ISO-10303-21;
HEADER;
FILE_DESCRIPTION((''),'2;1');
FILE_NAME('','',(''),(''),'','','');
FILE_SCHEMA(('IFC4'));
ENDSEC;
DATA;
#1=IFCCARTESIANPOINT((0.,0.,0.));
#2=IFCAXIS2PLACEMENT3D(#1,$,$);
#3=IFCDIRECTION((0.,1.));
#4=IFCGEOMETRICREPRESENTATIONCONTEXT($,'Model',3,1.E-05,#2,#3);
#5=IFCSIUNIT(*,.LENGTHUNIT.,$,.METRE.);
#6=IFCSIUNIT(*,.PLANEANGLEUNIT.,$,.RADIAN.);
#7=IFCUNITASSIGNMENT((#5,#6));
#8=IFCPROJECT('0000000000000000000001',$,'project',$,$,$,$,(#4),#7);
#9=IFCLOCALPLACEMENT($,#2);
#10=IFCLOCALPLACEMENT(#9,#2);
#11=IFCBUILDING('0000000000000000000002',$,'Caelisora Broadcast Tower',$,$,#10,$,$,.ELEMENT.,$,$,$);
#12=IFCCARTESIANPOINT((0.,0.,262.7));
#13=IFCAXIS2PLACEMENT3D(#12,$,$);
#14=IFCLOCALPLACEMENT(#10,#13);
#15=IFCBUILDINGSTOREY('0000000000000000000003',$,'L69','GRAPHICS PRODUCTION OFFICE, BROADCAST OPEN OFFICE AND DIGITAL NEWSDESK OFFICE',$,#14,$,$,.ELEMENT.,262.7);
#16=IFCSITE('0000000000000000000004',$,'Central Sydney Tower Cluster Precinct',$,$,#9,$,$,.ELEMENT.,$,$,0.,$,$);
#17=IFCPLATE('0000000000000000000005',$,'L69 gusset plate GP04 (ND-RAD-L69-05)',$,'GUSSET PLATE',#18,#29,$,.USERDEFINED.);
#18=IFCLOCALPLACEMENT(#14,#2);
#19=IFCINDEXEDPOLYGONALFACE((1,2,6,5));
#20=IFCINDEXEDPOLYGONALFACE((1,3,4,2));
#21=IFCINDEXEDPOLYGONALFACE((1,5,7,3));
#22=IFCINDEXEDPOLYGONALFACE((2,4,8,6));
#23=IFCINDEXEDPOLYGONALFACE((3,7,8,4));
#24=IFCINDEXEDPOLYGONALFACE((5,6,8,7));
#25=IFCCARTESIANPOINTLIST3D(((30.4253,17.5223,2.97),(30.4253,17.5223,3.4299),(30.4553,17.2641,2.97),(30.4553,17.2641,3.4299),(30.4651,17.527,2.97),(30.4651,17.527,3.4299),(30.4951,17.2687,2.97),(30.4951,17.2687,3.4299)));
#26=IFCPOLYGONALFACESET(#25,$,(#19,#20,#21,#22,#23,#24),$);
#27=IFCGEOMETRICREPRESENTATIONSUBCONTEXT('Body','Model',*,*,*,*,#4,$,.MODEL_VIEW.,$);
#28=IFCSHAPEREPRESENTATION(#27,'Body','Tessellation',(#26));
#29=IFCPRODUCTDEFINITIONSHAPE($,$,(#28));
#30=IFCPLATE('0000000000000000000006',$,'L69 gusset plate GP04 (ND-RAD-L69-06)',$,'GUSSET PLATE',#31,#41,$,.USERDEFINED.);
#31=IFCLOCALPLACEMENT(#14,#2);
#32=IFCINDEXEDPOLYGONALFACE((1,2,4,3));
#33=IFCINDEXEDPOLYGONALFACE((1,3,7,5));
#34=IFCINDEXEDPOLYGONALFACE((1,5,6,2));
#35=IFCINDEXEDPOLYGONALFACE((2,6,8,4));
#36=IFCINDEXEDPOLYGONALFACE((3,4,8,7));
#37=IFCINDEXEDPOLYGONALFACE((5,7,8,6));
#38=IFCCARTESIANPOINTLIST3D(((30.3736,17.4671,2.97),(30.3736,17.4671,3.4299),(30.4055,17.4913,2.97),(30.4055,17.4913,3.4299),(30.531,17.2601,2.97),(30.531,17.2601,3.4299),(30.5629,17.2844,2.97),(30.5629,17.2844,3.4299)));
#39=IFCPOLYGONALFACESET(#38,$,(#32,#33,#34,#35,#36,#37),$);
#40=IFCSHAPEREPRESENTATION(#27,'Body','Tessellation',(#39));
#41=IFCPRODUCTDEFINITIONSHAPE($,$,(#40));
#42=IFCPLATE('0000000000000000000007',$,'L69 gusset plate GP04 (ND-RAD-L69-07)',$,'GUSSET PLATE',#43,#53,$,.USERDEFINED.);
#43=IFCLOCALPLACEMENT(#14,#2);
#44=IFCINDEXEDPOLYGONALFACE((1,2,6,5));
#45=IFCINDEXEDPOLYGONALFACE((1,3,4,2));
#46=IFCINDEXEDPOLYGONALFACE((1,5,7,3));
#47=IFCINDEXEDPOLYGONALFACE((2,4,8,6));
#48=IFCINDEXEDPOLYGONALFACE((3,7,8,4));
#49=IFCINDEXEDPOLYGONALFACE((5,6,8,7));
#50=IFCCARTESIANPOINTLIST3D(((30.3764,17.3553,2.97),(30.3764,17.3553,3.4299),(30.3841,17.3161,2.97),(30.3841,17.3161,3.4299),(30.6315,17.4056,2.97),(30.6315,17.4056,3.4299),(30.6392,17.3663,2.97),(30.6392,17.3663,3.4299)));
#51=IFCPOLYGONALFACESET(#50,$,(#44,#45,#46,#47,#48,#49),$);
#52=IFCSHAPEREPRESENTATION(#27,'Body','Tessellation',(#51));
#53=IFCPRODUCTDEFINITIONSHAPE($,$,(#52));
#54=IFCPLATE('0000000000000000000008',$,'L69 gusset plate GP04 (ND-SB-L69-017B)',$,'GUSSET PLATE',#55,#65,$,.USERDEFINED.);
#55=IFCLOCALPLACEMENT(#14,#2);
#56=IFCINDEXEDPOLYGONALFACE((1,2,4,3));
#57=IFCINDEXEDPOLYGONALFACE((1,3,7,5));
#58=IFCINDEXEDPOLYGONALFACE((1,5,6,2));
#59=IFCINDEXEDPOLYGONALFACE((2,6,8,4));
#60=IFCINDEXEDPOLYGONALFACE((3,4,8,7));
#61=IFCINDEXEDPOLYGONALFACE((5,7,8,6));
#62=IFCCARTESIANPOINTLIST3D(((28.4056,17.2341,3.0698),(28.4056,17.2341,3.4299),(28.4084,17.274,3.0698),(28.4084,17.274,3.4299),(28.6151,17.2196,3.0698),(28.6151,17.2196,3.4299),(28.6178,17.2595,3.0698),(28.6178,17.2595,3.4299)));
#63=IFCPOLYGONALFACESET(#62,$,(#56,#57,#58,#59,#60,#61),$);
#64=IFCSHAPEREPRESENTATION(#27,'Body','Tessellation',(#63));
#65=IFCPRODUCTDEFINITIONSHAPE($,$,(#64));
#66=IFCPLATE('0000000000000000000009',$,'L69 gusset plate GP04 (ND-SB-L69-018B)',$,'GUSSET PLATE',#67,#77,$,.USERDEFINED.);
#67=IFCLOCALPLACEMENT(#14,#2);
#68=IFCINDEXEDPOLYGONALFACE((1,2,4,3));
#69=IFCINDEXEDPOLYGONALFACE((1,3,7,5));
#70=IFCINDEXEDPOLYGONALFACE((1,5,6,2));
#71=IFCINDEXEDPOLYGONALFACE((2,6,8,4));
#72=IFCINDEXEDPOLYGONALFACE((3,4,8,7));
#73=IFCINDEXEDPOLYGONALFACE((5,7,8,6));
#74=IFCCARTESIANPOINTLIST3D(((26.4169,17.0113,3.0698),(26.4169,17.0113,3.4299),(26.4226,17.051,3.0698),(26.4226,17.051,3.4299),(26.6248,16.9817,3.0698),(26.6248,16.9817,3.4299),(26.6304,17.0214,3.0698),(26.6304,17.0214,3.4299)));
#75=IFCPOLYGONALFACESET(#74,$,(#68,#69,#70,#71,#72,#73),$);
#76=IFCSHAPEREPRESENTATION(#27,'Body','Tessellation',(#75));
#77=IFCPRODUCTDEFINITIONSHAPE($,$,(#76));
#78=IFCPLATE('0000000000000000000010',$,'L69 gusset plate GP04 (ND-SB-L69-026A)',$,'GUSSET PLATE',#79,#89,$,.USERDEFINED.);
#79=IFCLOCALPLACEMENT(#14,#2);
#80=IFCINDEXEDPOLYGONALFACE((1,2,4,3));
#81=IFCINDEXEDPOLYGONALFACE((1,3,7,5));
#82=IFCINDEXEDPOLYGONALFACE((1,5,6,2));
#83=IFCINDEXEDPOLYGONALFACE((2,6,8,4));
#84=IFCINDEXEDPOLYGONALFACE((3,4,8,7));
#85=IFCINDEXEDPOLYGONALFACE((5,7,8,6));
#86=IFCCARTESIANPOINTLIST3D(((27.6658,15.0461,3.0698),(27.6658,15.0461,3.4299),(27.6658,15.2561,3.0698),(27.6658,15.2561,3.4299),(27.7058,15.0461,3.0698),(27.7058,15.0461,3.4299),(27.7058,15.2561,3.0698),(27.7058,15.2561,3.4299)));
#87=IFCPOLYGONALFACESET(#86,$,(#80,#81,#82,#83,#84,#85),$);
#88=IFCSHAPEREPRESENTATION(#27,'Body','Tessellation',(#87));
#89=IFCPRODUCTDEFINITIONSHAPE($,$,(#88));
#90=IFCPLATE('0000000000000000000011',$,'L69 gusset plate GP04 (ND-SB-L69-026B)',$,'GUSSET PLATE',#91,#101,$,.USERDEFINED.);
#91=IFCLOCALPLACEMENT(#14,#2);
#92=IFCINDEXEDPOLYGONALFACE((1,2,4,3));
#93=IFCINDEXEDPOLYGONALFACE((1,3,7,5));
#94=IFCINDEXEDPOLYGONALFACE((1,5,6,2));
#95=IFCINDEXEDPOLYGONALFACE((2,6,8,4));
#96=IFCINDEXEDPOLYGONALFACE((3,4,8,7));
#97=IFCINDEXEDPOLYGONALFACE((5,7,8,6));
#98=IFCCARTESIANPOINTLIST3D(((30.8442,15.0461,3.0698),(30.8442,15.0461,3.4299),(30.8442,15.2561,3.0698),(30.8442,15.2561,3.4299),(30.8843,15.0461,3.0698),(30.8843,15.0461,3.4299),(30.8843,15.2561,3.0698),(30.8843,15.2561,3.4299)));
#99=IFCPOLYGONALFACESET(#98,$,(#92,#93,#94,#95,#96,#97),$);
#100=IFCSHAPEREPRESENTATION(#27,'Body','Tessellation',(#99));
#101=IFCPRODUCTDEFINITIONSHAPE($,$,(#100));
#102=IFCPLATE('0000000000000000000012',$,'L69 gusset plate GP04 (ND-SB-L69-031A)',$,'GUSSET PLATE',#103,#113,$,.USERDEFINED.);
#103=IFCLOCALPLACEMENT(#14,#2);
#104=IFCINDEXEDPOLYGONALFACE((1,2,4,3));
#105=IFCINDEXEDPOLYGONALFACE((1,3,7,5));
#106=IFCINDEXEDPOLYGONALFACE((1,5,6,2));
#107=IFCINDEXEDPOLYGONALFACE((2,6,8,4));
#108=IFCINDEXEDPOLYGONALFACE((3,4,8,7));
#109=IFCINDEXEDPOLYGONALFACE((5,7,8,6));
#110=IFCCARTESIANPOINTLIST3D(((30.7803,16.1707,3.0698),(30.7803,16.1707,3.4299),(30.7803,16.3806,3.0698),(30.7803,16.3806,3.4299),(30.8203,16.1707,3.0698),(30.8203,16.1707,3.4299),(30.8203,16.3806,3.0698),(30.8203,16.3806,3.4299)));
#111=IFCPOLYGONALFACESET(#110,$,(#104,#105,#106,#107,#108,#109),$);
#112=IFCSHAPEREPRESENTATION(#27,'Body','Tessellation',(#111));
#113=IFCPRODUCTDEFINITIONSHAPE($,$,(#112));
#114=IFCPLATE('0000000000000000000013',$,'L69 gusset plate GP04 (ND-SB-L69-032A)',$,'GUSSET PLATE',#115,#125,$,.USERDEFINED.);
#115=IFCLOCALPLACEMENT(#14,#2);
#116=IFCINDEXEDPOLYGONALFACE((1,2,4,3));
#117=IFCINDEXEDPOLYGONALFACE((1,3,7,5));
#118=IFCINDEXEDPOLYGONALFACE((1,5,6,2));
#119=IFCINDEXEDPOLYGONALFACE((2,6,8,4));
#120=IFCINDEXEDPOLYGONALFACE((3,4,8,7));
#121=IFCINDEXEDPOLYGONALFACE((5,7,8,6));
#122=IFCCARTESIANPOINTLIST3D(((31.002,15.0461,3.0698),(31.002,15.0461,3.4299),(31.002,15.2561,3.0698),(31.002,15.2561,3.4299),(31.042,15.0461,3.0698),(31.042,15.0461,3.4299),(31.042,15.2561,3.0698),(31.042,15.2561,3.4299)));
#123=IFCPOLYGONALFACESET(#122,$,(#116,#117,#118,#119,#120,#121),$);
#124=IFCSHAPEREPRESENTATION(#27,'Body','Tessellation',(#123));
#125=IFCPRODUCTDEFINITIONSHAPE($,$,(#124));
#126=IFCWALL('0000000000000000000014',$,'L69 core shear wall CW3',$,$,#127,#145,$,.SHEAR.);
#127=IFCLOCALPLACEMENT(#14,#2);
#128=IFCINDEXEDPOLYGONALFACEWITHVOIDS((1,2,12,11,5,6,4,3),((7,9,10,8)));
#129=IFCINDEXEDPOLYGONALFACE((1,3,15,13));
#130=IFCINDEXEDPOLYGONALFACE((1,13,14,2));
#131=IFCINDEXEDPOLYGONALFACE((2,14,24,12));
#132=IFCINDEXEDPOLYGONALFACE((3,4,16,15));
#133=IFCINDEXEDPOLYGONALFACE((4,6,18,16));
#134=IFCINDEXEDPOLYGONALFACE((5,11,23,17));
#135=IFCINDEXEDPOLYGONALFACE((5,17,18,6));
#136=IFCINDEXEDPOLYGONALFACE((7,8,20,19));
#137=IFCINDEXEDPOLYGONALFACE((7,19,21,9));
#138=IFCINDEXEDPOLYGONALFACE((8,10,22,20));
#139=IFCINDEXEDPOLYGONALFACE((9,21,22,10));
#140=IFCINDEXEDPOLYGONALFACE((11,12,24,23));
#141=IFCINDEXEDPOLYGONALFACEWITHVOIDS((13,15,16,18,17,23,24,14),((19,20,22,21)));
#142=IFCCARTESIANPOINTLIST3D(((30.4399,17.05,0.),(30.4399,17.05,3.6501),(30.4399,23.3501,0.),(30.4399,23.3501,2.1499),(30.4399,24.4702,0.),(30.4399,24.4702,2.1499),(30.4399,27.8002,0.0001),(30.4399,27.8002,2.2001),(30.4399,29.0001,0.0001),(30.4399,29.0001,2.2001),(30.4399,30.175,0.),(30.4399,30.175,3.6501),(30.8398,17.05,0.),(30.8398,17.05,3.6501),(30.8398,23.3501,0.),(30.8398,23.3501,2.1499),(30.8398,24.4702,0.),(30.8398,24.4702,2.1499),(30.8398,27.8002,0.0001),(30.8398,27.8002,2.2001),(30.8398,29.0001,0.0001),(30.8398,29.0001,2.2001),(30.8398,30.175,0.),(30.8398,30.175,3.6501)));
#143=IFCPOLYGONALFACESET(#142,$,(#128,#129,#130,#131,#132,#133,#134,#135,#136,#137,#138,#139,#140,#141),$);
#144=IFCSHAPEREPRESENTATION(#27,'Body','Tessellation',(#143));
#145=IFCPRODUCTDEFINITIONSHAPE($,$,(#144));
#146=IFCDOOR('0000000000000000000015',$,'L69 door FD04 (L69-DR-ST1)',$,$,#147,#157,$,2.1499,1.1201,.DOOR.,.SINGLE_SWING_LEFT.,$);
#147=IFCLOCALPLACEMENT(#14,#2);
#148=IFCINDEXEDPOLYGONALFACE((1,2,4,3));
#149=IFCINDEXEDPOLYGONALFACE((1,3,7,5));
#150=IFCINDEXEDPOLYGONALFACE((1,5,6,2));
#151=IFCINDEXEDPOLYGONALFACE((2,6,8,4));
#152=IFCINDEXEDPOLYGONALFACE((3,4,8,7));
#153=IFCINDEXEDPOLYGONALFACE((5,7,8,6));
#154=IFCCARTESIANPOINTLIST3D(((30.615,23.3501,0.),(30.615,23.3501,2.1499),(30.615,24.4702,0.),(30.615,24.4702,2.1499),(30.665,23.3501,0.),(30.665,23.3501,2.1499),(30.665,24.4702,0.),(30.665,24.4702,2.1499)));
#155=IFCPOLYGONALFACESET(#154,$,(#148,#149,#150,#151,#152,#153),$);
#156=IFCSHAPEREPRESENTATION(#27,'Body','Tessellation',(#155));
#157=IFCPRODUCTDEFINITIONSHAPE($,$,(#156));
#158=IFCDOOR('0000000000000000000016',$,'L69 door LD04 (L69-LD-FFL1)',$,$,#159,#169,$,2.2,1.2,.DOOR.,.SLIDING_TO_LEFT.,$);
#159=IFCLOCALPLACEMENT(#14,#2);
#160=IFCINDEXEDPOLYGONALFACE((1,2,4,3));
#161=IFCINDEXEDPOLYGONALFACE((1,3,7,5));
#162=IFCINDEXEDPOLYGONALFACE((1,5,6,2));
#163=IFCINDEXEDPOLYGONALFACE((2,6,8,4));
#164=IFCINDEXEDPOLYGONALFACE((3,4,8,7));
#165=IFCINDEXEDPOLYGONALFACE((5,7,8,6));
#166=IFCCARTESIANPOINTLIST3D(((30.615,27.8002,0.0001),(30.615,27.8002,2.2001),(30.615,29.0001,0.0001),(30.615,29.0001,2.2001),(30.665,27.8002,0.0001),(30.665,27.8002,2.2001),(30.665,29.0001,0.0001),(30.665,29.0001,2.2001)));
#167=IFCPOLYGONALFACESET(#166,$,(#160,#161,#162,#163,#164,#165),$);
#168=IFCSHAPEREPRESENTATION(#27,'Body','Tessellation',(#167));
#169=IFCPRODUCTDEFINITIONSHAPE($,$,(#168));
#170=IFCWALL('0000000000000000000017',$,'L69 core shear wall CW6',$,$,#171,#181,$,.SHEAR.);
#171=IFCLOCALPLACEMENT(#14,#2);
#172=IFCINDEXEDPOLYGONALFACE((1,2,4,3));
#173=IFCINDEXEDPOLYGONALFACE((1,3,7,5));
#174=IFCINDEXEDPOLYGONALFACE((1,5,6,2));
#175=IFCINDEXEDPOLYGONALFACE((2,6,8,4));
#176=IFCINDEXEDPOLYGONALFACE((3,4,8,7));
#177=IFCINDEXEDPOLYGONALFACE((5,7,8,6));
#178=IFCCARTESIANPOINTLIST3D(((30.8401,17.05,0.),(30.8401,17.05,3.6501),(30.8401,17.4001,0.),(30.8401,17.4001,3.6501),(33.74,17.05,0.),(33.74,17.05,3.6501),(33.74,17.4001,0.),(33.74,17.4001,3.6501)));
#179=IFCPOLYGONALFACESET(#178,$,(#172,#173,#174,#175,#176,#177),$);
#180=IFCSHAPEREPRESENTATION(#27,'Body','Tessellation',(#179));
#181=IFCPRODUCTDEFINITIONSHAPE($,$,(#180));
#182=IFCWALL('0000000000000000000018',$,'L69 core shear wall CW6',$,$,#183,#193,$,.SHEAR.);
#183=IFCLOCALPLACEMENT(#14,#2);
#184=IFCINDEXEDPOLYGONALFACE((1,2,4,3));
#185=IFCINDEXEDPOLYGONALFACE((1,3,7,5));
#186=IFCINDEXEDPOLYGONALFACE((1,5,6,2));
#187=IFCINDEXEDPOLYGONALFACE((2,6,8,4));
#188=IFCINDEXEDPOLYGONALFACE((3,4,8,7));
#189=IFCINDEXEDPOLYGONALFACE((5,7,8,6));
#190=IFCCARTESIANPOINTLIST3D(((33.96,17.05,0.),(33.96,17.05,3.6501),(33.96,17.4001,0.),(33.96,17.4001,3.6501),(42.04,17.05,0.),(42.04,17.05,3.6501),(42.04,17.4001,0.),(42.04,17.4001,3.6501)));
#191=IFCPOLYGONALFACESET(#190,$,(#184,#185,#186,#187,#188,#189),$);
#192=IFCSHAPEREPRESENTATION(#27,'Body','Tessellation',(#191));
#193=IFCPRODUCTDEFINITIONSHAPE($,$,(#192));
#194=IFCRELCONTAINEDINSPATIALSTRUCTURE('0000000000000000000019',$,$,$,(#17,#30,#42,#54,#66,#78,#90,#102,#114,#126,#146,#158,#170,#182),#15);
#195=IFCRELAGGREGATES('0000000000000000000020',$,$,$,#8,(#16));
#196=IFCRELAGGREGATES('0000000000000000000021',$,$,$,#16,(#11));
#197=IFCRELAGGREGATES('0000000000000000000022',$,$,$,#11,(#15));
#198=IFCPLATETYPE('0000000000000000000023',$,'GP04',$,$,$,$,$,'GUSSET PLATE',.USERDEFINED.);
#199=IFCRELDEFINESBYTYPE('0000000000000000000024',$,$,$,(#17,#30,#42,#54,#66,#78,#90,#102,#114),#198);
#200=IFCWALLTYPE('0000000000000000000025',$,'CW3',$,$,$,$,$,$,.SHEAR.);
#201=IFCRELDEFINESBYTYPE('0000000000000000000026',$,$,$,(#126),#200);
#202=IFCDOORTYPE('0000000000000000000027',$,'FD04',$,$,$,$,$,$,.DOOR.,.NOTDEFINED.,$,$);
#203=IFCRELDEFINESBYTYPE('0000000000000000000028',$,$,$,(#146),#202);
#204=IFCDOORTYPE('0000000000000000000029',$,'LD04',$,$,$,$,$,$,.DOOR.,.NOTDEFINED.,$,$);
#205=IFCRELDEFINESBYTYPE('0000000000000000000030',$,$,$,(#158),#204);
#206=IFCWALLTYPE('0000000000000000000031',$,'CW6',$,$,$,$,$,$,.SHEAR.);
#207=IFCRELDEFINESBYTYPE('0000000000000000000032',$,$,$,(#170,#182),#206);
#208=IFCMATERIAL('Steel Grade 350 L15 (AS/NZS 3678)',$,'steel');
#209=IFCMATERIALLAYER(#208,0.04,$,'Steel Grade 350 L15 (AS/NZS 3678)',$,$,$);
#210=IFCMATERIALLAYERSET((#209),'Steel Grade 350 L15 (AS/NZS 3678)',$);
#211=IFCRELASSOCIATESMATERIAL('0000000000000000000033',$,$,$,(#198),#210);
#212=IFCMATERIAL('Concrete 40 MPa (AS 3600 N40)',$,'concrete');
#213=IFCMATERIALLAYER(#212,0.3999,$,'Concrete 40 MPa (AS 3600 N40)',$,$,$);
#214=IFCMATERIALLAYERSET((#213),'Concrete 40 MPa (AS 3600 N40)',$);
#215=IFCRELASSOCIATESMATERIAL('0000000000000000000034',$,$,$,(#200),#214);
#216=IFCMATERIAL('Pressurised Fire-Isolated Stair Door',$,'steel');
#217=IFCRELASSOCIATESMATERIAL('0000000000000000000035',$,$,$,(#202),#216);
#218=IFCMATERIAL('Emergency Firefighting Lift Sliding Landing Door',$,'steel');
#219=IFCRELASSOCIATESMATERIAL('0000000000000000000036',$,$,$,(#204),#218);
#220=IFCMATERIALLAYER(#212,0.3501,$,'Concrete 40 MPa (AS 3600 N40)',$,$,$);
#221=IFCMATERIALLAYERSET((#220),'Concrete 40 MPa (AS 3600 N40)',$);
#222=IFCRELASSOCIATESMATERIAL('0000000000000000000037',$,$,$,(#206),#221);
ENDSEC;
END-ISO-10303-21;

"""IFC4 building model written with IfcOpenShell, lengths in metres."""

from ifc_helpers import new_model, si_unit, direction, frame, frame_2d, origin, origin_2d, place, context, subcontext, project, spatial, rectangle, extrude, source, transform, mapped, material, layer, layer_set, type_object, type_shapes, element, fill, save


model = new_model("IFC4")

# Units and contexts
model_context = context("Model", 3, precision=1e-05, world=origin(), true_north=direction((0.0, 1.0)))
body_context = subcontext(model_context, "Body", "Model", "MODEL_VIEW")
ifc_project = project(units=[si_unit("LENGTHUNIT", "METRE"), si_unit("PLANEANGLEUNIT", "RADIAN")], contexts=[model_context])

# Site, building, storey
site_placement = place(None, origin())
site = spatial("IfcSite", under=ifc_project, at=site_placement, Name="Central Sydney Tower Cluster Precinct", CompositionType="ELEMENT", RefElevation=0.0)
building_placement = place(site_placement, origin())
building = spatial("IfcBuilding", under=site, at=building_placement, Name="Caelisora Broadcast Tower", CompositionType="ELEMENT")
storey_placement = place(building_placement, frame((0.0, 0.0, 262.7)))
storey = spatial("IfcBuildingStorey", under=building, at=storey_placement, Name="L69", Description="GRAPHICS PRODUCTION OFFICE, BROADCAST OPEN OFFICE AND DIGITAL NEWSDESK OFFICE", CompositionType="ELEMENT", Elevation=262.7)

# Plates
ifc_material_1 = material(Name="Steel Grade 350 L15 (AS/NZS 3678)", Category="steel")
ifc_layer_1 = layer(ifc_material_1, 0.04, Name="Steel Grade 350 L15 (AS/NZS 3678)")
ifc_layer_set_1 = layer_set([ifc_layer_1], Name="Steel Grade 350 L15 (AS/NZS 3678)")
plate_type = type_object("IfcPlateType", Name="GP04", ElementType="GUSSET PLATE", PredefinedType="USERDEFINED", material=ifc_layer_set_1)
shared_shape_1 = source(origin(), body_context, "Body", "SweptSolid", [
    extrude(rectangle(XDim=0.26, YDim=0.04, at=origin_2d()), origin(), (0.0, 0.0, 1.0), 0.46),
])
for number, where, z_axis, x_axis, name in (
    (1, (30.4602, 17.3955, 2.97), (0.0, 0.0, 1.0), (0.115457, -0.993312, 0.0), "L69 gusset plate GP04 (ND-RAD-L69-05)"),
    (2, (30.4683, 17.3757, 2.97), (0.0, 0.0, 1.0), (0.605433, -0.795896, 0.0), "L69 gusset plate GP04 (ND-RAD-L69-06)"),
    (3, (30.5078, 17.3608, 2.97), (0.0, 0.0, 1.0), (0.981124, 0.193378, 0.0), "L69 gusset plate GP04 (ND-RAD-L69-07)"),
):
    element("IfcPlate", number, at=place(storey_placement, frame(where, z_axis=z_axis, x_axis=x_axis)), inside=storey, type_object=plate_type, Name=name, ObjectType="GUSSET PLATE", PredefinedType="USERDEFINED", context=body_context, shape_type="MappedRepresentation", body=[
        mapped(shared_shape_1, transform((0.0, 0.0, 0.0), scale=1.0)),
    ])
shared_shape_2 = source(origin(), body_context, "Body", "SweptSolid", [
    extrude(rectangle(XDim=0.21, YDim=0.04, at=origin_2d()), origin(), (0.0, 0.0, 1.0), 0.3601),
])
type_shapes(plate_type, [shared_shape_1, shared_shape_2])
for number, where, z_axis, x_axis, name in (
    (4, (28.5117, 17.2468, 3.0698), (0.0, 0.0, 1.0), (0.997613, -0.06906, 0.0), "L69 gusset plate GP04 (ND-SB-L69-017B)"),
    (5, (26.5237, 17.0164, 3.0698), (0.0, 0.0, 1.0), (0.990024, -0.140901, 0.0), "L69 gusset plate GP04 (ND-SB-L69-018B)"),
    (6, (27.6858, 15.1511, 3.0698), (0.0, 0.0, 1.0), (0.0, 1.0, 0.0), "L69 gusset plate GP04 (ND-SB-L69-026A)"),
    (7, (30.8643, 15.1511, 3.0698), (0.0, 0.0, 1.0), (0.0, 1.0, 0.0), "L69 gusset plate GP04 (ND-SB-L69-026B)"),
    (8, (30.8003, 16.2756, 3.0698), (0.0, 0.0, 1.0), (0.0, 1.0, 0.0), "L69 gusset plate GP04 (ND-SB-L69-031A)"),
    (9, (31.022, 15.1511, 3.0698), (0.0, 0.0, 1.0), (0.0, 1.0, 0.0), "L69 gusset plate GP04 (ND-SB-L69-032A)"),
):
    element("IfcPlate", number, at=place(storey_placement, frame(where, z_axis=z_axis, x_axis=x_axis)), inside=storey, type_object=plate_type, Name=name, ObjectType="GUSSET PLATE", PredefinedType="USERDEFINED", context=body_context, shape_type="MappedRepresentation", body=[
        mapped(shared_shape_2, transform((0.0, 0.0, 0.0), scale=1.0)),
    ])

# Wall, openings, doors
ifc_material_2 = material(Name="Concrete 40 MPa (AS 3600 N40)", Category="concrete")
ifc_layer_2 = layer(ifc_material_2, 0.3999, Name="Concrete 40 MPa (AS 3600 N40)")
ifc_layer_set_2 = layer_set([ifc_layer_2], Name="Concrete 40 MPa (AS 3600 N40)")
wall_type_1 = type_object("IfcWallType", Name="CW3", PredefinedType="SHEAR", material=ifc_layer_set_2)
wall_1_placement = place(storey_placement, frame((30.6399, 17.05, 0.0), z_axis=(0.0, 0.0, 1.0), x_axis=(0.0, 1.0, 0.0)))
wall_1 = element("IfcWall", 10, at=wall_1_placement, inside=storey, type_object=wall_type_1, Name="L69 core shear wall CW3", PredefinedType="SHEAR", context=body_context, shape_type="SweptSolid", body=[
    extrude(rectangle(XDim=13.125, YDim=0.3999, at=frame_2d((6.5625, 0.0))), origin(), (0.0, 0.0, 1.0), 3.6501),
])
opening_1_placement = place(wall_1_placement, frame((6.3, 0.0, 0.0)))
opening_1 = element("IfcOpeningElement", 11, at=opening_1_placement, cuts=wall_1, PredefinedType="OPENING", context=body_context, shape_type="SweptSolid", body=[
    extrude(rectangle(XDim=1.1201, YDim=2.1499, at=frame_2d((0.5601, 1.075))), frame((0.0, 0.2119, 0.0), z_axis=(0.0, -1.0, 0.0), x_axis=(1.0, 0.0, 0.0)), (0.0, 0.0, 1.0), 0.4238),
])
opening_2_placement = place(wall_1_placement, frame((10.75, 0.0, 0.0)))
opening_2 = element("IfcOpeningElement", 12, at=opening_2_placement, cuts=wall_1, PredefinedType="OPENING", context=body_context, shape_type="SweptSolid", body=[
    extrude(rectangle(XDim=1.2, YDim=2.2, at=frame_2d((0.6001, 1.1001))), frame((0.0, 0.2119, 0.0), z_axis=(0.0, -1.0, 0.0), x_axis=(1.0, 0.0, 0.0)), (0.0, 0.0, 1.0), 0.4238),
])
ifc_material_3 = material(Name="Pressurised Fire-Isolated Stair Door", Category="steel")
door_type_1 = type_object("IfcDoorType", Name="FD04", OperationType="NOTDEFINED", PredefinedType="DOOR", material=ifc_material_3)
door_1_placement = place(opening_1_placement, origin())
door_1 = element("IfcDoor", 13, at=door_1_placement, inside=storey, type_object=door_type_1, Name="L69 door FD04 (L69-DR-ST1)", OperationType="SINGLE_SWING_LEFT", OverallHeight=2.1499, OverallWidth=1.1201, PredefinedType="DOOR", context=body_context, shape_type="SweptSolid", body=[
    extrude(rectangle(XDim=1.1201, YDim=2.1499, at=frame_2d((0.5601, 1.075))), frame((0.0, 0.0249, 0.0), z_axis=(0.0, -1.0, 0.0), x_axis=(1.0, 0.0, 0.0)), (0.0, 0.0, 1.0), 0.05),
])
fill(opening_1, door_1)
ifc_material_4 = material(Name="Emergency Firefighting Lift Sliding Landing Door", Category="steel")
door_type_2 = type_object("IfcDoorType", Name="LD04", OperationType="NOTDEFINED", PredefinedType="DOOR", material=ifc_material_4)
door_2_placement = place(opening_2_placement, origin())
door_2 = element("IfcDoor", 14, at=door_2_placement, inside=storey, type_object=door_type_2, Name="L69 door LD04 (L69-LD-FFL1)", OperationType="SLIDING_TO_LEFT", OverallHeight=2.2, OverallWidth=1.2, PredefinedType="DOOR", context=body_context, shape_type="SweptSolid", body=[
    extrude(rectangle(XDim=1.2, YDim=2.2, at=frame_2d((0.6001, 1.1001))), frame((0.0, 0.0249, 0.0), z_axis=(0.0, -1.0, 0.0), x_axis=(1.0, 0.0, 0.0)), (0.0, 0.0, 1.0), 0.05),
])
fill(opening_2, door_2)

# Walls
ifc_layer_3 = layer(ifc_material_2, 0.3501, Name="Concrete 40 MPa (AS 3600 N40)")
ifc_layer_set_3 = layer_set([ifc_layer_3], Name="Concrete 40 MPa (AS 3600 N40)")
wall_type_2 = type_object("IfcWallType", Name="CW6", PredefinedType="SHEAR", material=ifc_layer_set_3)
wall_2_placement = place(storey_placement, frame((30.8401, 17.2251, 0.0), z_axis=(0.0, 0.0, 1.0), x_axis=(1.0, 0.0, 0.0)))
element("IfcWall", 15, at=wall_2_placement, inside=storey, type_object=wall_type_2, Name="L69 core shear wall CW6", PredefinedType="SHEAR", context=body_context, shape_type="SweptSolid", body=[
    extrude(rectangle(XDim=2.8999, YDim=0.3501, at=frame_2d((1.45, 0.0))), origin(), (0.0, 0.0, 1.0), 3.6501),
])
wall_3_placement = place(storey_placement, frame((33.96, 17.2251, 0.0), z_axis=(0.0, 0.0, 1.0), x_axis=(1.0, 0.0, 0.0)))
element("IfcWall", 16, at=wall_3_placement, inside=storey, type_object=wall_type_2, Name="L69 core shear wall CW6", PredefinedType="SHEAR", context=body_context, shape_type="SweptSolid", body=[
    extrude(rectangle(XDim=8.0801, YDim=0.3501, at=frame_2d((4.04, 0.0))), origin(), (0.0, 0.0, 1.0), 3.6501),
])

save(model, "model.ifc")
